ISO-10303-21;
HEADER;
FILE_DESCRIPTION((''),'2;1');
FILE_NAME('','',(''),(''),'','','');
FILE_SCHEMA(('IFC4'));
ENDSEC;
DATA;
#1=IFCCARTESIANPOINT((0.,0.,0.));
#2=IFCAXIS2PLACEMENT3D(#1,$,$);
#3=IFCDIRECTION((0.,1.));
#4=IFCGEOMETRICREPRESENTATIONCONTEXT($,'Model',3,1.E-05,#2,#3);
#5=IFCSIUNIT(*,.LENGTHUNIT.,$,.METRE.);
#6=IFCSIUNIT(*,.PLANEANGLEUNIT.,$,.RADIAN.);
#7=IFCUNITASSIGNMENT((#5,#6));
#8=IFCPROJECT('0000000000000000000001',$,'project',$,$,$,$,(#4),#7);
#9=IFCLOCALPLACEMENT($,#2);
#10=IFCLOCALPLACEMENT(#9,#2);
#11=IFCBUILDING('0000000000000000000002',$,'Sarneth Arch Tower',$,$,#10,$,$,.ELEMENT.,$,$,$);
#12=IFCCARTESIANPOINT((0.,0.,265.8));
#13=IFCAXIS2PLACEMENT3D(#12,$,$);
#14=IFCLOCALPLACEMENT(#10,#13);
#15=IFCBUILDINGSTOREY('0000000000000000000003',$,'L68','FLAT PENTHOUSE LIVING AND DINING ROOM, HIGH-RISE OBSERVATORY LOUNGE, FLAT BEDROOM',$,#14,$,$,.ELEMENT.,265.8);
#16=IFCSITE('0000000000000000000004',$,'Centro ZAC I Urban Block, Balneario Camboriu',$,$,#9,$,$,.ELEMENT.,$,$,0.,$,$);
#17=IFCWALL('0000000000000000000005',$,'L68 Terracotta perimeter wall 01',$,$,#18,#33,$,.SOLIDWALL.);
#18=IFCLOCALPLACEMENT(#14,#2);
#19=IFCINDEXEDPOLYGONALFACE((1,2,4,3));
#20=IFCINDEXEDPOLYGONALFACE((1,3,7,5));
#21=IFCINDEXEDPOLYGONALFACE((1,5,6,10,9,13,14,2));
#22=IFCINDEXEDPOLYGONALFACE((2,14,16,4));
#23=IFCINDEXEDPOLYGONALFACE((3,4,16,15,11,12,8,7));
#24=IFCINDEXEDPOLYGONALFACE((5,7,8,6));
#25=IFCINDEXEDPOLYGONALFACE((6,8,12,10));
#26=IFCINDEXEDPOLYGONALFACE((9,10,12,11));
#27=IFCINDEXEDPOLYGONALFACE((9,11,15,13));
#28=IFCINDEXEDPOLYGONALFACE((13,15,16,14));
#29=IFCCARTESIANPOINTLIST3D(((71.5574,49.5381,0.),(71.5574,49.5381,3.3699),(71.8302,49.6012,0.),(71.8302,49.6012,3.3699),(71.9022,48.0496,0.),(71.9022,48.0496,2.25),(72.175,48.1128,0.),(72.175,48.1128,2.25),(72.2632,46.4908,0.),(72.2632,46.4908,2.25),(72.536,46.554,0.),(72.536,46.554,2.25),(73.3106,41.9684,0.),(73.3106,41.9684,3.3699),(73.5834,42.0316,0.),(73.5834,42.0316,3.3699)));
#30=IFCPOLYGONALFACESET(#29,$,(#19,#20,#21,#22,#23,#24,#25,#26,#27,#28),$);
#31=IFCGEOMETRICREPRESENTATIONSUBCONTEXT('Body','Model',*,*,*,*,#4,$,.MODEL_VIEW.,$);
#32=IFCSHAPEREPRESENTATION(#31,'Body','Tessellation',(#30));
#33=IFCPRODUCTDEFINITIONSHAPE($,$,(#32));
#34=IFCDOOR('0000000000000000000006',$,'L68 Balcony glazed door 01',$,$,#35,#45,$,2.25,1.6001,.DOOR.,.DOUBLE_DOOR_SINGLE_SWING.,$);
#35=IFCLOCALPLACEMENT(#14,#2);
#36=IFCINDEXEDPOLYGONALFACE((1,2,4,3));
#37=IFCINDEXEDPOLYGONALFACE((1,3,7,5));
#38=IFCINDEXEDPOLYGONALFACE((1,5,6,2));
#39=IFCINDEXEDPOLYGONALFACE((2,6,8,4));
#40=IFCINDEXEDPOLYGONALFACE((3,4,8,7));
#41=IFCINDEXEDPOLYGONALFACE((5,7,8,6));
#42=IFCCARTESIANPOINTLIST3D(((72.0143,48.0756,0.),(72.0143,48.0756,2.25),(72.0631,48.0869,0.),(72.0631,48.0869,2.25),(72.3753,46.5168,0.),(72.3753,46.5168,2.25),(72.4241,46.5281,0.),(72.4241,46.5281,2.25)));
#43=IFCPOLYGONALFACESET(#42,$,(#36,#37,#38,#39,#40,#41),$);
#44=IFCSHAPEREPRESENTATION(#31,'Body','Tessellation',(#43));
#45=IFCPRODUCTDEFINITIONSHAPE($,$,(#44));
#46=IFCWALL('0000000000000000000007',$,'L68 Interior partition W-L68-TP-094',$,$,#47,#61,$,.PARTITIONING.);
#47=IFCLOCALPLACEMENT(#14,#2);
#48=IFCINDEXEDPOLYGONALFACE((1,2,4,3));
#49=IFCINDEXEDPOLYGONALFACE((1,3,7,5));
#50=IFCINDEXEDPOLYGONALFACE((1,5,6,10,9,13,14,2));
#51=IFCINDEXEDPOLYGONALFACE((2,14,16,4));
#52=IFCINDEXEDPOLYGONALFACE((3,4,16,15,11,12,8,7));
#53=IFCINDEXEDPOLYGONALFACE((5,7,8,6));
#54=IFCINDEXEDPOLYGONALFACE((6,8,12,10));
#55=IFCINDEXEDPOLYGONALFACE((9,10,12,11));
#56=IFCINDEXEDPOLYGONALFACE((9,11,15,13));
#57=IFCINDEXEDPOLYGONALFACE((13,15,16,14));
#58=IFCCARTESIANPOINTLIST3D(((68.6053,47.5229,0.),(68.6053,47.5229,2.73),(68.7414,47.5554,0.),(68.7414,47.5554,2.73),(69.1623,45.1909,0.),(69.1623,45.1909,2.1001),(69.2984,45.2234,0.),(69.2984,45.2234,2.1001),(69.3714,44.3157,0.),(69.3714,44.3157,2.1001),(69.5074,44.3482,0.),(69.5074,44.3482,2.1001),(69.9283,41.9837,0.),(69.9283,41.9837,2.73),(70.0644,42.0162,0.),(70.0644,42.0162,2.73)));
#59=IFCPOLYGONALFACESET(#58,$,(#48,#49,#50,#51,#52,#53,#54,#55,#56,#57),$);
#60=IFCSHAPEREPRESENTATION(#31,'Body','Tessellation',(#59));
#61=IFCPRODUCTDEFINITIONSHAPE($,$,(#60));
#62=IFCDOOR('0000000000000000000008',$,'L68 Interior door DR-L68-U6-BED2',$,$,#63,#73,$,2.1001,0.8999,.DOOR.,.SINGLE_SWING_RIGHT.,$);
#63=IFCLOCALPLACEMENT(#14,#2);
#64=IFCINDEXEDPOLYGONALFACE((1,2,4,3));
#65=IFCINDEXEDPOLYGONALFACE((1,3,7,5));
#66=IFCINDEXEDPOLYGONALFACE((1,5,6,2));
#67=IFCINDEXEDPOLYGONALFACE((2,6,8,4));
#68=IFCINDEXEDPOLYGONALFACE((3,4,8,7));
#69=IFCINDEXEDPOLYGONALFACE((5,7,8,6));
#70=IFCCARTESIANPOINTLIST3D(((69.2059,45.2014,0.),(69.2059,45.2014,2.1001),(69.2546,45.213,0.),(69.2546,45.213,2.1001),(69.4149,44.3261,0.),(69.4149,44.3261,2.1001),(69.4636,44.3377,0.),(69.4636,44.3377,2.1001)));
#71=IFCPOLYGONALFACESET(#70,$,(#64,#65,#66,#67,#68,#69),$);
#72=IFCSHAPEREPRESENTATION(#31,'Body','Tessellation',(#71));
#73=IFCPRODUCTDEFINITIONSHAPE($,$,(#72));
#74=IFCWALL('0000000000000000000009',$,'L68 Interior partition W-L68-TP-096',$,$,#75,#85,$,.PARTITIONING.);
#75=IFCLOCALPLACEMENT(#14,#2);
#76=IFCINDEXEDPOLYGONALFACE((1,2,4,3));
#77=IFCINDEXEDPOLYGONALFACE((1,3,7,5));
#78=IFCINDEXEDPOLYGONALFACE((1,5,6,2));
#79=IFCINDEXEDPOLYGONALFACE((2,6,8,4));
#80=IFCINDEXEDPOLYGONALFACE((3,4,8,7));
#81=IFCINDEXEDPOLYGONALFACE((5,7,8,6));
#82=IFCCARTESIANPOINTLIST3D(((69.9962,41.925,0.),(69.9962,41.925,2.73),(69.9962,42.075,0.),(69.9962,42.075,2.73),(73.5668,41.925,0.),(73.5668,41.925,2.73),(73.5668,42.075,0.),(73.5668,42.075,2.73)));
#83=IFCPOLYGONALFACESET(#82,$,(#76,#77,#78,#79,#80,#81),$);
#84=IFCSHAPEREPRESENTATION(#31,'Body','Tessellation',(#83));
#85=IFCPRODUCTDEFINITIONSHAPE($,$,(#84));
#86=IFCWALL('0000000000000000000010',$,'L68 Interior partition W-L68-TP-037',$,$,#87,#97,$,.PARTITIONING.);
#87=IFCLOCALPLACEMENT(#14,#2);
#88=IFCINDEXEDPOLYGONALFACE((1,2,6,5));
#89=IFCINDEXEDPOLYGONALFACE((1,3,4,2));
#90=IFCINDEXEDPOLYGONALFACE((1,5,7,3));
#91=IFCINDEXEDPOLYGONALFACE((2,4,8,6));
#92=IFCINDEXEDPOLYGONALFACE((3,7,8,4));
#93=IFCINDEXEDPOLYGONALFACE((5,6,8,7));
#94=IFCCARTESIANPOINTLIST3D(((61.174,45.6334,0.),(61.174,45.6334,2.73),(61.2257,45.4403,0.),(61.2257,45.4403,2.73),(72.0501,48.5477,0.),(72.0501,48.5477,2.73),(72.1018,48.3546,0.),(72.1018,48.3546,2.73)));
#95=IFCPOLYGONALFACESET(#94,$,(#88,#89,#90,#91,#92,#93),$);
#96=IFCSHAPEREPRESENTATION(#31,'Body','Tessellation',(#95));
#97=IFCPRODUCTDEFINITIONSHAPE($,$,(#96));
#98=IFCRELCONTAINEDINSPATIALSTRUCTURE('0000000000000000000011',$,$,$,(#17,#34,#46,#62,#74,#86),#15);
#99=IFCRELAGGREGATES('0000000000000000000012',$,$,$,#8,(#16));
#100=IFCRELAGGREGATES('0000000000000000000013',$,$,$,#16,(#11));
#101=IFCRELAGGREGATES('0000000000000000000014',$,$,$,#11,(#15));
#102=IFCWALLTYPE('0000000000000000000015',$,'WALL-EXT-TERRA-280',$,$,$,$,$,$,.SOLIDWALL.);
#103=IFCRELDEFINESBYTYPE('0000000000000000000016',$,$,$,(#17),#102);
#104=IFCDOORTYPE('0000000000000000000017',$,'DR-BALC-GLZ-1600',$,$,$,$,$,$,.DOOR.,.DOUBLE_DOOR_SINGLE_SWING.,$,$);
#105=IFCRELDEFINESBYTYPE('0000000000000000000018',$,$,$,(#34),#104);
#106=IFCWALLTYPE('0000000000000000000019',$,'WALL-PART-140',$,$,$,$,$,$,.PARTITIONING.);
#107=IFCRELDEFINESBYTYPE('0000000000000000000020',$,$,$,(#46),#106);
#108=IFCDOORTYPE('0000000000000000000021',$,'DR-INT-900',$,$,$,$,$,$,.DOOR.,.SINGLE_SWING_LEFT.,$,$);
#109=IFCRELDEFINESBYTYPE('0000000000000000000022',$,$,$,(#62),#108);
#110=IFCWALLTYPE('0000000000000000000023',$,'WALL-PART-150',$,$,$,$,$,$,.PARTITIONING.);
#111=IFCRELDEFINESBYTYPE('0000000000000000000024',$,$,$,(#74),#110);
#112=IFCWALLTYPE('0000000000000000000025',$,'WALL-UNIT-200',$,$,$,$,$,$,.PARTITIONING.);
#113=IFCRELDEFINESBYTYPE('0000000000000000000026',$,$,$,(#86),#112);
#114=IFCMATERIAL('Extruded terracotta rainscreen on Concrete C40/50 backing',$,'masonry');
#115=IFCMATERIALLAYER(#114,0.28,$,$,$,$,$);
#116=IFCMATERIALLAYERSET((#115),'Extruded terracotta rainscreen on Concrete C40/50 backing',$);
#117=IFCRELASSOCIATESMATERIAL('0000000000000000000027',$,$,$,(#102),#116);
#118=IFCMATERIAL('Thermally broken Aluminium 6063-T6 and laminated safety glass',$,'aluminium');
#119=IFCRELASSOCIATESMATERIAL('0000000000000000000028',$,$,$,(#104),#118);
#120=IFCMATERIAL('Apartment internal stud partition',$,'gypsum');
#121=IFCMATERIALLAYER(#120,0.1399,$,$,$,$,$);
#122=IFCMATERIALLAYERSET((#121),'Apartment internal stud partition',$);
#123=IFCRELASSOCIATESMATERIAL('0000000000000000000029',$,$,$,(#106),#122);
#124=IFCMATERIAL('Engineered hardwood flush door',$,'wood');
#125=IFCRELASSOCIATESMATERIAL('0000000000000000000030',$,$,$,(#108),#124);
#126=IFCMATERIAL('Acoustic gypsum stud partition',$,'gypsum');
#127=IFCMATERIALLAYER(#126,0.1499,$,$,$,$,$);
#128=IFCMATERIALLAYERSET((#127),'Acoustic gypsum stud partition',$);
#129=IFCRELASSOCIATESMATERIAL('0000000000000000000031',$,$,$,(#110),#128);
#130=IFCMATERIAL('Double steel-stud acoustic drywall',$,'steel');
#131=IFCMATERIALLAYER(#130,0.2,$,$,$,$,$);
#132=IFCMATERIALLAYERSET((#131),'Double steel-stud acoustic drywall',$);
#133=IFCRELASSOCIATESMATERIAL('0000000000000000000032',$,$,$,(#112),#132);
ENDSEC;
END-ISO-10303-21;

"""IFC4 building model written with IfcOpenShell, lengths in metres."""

from ifc_helpers import new_model, si_unit, direction, frame, frame_2d, origin, place, context, subcontext, project, spatial, rectangle, extrude, material, layer, layer_set, type_object, element, fill, save


model = new_model("IFC4")

# Units and contexts
model_context = context("Model", 3, precision=1e-05, world=origin(), true_north=direction((0.0, 1.0)))
body_context = subcontext(model_context, "Body", "Model", "MODEL_VIEW")
ifc_project = project(units=[si_unit("LENGTHUNIT", "METRE"), si_unit("PLANEANGLEUNIT", "RADIAN")], contexts=[model_context])

# Site, building, storey
site_placement = place(None, origin())
site = spatial("IfcSite", under=ifc_project, at=site_placement, Name="Centro ZAC I Urban Block, Balneario Camboriu", CompositionType="ELEMENT", RefElevation=0.0)
building_placement = place(site_placement, origin())
building = spatial("IfcBuilding", under=site, at=building_placement, Name="Sarneth Arch Tower", CompositionType="ELEMENT")
storey_placement = place(building_placement, frame((0.0, 0.0, 265.8)))
storey = spatial("IfcBuildingStorey", under=building, at=storey_placement, Name="L68", Description="FLAT PENTHOUSE LIVING AND DINING ROOM, HIGH-RISE OBSERVATORY LOUNGE, FLAT BEDROOM", CompositionType="ELEMENT", Elevation=265.8)

# Walls, openings, doors
ifc_material_1 = material(Name="Extruded terracotta rainscreen on Concrete C40/50 backing", Category="masonry")
ifc_layer_1 = layer(ifc_material_1, 0.28)
ifc_layer_set_1 = layer_set([ifc_layer_1], Name="Extruded terracotta rainscreen on Concrete C40/50 backing")
wall_type_1 = type_object("IfcWallType", Name="WALL-EXT-TERRA-280", PredefinedType="SOLIDWALL", material=ifc_layer_set_1)
wall_1_placement = place(storey_placement, frame((73.447, 42.0, 0.0), z_axis=(0.0, 0.0, 1.0), x_axis=(-0.225635, 0.974212, 0.0)))
wall_1 = element("IfcWall", 1, at=wall_1_placement, inside=storey, type_object=wall_type_1, Name="L68 Terracotta perimeter wall 01", PredefinedType="SOLIDWALL", context=body_context, shape_type="SweptSolid", body=[
    extrude(rectangle(XDim=7.77, YDim=0.28, at=frame_2d((3.885, 0.0))), origin(), (0.0, 0.0, 1.0), 3.3699),
])
opening_1_placement = place(wall_1_placement, frame((4.6421, 0.0, 0.0)))
opening_1 = element("IfcOpeningElement", 2, at=opening_1_placement, cuts=wall_1, PredefinedType="OPENING", context=body_context, shape_type="SweptSolid", body=[
    extrude(rectangle(XDim=1.6001, YDim=2.25, at=frame_2d((0.8, 1.125))), frame((0.0, 0.1499, 0.0), z_axis=(0.0, -1.0, 0.0), x_axis=(1.0, 0.0, 0.0)), (0.0, 0.0, 1.0), 0.3),
])
ifc_material_2 = material(Name="Thermally broken Aluminium 6063-T6 and laminated safety glass", Category="aluminium")
door_type_1 = type_object("IfcDoorType", Name="DR-BALC-GLZ-1600", OperationType="DOUBLE_DOOR_SINGLE_SWING", PredefinedType="DOOR", material=ifc_material_2)
door_1_placement = place(opening_1_placement, origin())
door_1 = element("IfcDoor", 3, at=door_1_placement, inside=storey, type_object=door_type_1, Name="L68 Balcony glazed door 01", OperationType="DOUBLE_DOOR_SINGLE_SWING", OverallHeight=2.25, OverallWidth=1.6001, PredefinedType="DOOR", context=body_context, shape_type="SweptSolid", body=[
    extrude(rectangle(XDim=1.6001, YDim=2.25, at=frame_2d((0.8, 1.125))), frame((0.0, 0.0249, 0.0), z_axis=(0.0, -1.0, 0.0), x_axis=(1.0, 0.0, 0.0)), (0.0, 0.0, 1.0), 0.05),
])
fill(opening_1, door_1)
ifc_material_3 = material(Name="Apartment internal stud partition", Category="gypsum")
ifc_layer_2 = layer(ifc_material_3, 0.1399)
ifc_layer_set_2 = layer_set([ifc_layer_2], Name="Apartment internal stud partition")
wall_type_2 = type_object("IfcWallType", Name="WALL-PART-140", PredefinedType="PARTITIONING", material=ifc_layer_set_2)
wall_2_placement = place(storey_placement, frame((68.6733, 47.5393, 0.0), z_axis=(0.0, 0.0, 1.0), x_axis=(0.232304, -0.972643, 0.0)))
wall_2 = element("IfcWall", 4, at=wall_2_placement, inside=storey, type_object=wall_type_2, Name="L68 Interior partition W-L68-TP-094", PredefinedType="PARTITIONING", context=body_context, shape_type="SweptSolid", body=[
    extrude(rectangle(XDim=5.6951, YDim=0.1399, at=frame_2d((2.8477, 0.0))), origin(), (0.0, 0.0, 1.0), 2.73),
])
opening_2_placement = place(wall_2_placement, frame((2.3977, 0.0, 0.0)))
opening_2 = element("IfcOpeningElement", 5, at=opening_2_placement, cuts=wall_2, PredefinedType="OPENING", context=body_context, shape_type="SweptSolid", body=[
    extrude(rectangle(XDim=0.8999, YDim=2.1001, at=frame_2d((0.45, 1.05))), frame((0.0, 0.0798, 0.0), z_axis=(0.0, -1.0, 0.0), x_axis=(1.0, 0.0, 0.0)), (0.0, 0.0, 1.0), 0.1599),
])
ifc_material_4 = material(Name="Engineered hardwood flush door", Category="wood")
door_type_2 = type_object("IfcDoorType", Name="DR-INT-900", OperationType="SINGLE_SWING_LEFT", PredefinedType="DOOR", material=ifc_material_4)
door_2_placement = place(opening_2_placement, origin())
door_2 = element("IfcDoor", 6, at=door_2_placement, inside=storey, type_object=door_type_2, Name="L68 Interior door DR-L68-U6-BED2", OperationType="SINGLE_SWING_RIGHT", OverallHeight=2.1001, OverallWidth=0.8999, PredefinedType="DOOR", context=body_context, shape_type="SweptSolid", body=[
    extrude(rectangle(XDim=0.8999, YDim=2.1001, at=frame_2d((0.45, 1.05))), frame((0.0, 0.0249, 0.0), z_axis=(0.0, -1.0, 0.0), x_axis=(1.0, 0.0, 0.0)), (0.0, 0.0, 1.0), 0.05),
])
fill(opening_2, door_2)

# Walls
ifc_material_5 = material(Name="Acoustic gypsum stud partition", Category="gypsum")
ifc_layer_3 = layer(ifc_material_5, 0.1499)
ifc_layer_set_3 = layer_set([ifc_layer_3], Name="Acoustic gypsum stud partition")
wall_type_3 = type_object("IfcWallType", Name="WALL-PART-150", PredefinedType="PARTITIONING", material=ifc_layer_set_3)
wall_3_placement = place(storey_placement, frame((69.9963, 42.0, 0.0), z_axis=(0.0, 0.0, 1.0), x_axis=(1.0, 0.0, 0.0)))
element("IfcWall", 7, at=wall_3_placement, inside=storey, type_object=wall_type_3, Name="L68 Interior partition W-L68-TP-096", PredefinedType="PARTITIONING", context=body_context, shape_type="SweptSolid", body=[
    extrude(rectangle(XDim=3.5706, YDim=0.1499, at=frame_2d((1.7852, 0.0))), origin(), (0.0, 0.0, 1.0), 2.73),
])
ifc_material_6 = material(Name="Double steel-stud acoustic drywall", Category="steel")
ifc_layer_4 = layer(ifc_material_6, 0.2)
ifc_layer_set_4 = layer_set([ifc_layer_4], Name="Double steel-stud acoustic drywall")
wall_type_4 = type_object("IfcWallType", Name="WALL-UNIT-200", PredefinedType="PARTITIONING", material=ifc_layer_set_4)
wall_4_placement = place(storey_placement, frame((72.0759, 48.4512, 0.0), z_axis=(0.0, 0.0, 1.0), x_axis=(-0.965924, -0.258827, 0.0)))
element("IfcWall", 8, at=wall_4_placement, inside=storey, type_object=wall_type_4, Name="L68 Interior partition W-L68-TP-037", PredefinedType="PARTITIONING", context=body_context, shape_type="SweptSolid", body=[
    extrude(rectangle(XDim=11.2598, YDim=0.2, at=frame_2d((5.6299, 0.0))), origin(), (0.0, 0.0, 1.0), 2.73),
])

save(model, "model.ifc")
